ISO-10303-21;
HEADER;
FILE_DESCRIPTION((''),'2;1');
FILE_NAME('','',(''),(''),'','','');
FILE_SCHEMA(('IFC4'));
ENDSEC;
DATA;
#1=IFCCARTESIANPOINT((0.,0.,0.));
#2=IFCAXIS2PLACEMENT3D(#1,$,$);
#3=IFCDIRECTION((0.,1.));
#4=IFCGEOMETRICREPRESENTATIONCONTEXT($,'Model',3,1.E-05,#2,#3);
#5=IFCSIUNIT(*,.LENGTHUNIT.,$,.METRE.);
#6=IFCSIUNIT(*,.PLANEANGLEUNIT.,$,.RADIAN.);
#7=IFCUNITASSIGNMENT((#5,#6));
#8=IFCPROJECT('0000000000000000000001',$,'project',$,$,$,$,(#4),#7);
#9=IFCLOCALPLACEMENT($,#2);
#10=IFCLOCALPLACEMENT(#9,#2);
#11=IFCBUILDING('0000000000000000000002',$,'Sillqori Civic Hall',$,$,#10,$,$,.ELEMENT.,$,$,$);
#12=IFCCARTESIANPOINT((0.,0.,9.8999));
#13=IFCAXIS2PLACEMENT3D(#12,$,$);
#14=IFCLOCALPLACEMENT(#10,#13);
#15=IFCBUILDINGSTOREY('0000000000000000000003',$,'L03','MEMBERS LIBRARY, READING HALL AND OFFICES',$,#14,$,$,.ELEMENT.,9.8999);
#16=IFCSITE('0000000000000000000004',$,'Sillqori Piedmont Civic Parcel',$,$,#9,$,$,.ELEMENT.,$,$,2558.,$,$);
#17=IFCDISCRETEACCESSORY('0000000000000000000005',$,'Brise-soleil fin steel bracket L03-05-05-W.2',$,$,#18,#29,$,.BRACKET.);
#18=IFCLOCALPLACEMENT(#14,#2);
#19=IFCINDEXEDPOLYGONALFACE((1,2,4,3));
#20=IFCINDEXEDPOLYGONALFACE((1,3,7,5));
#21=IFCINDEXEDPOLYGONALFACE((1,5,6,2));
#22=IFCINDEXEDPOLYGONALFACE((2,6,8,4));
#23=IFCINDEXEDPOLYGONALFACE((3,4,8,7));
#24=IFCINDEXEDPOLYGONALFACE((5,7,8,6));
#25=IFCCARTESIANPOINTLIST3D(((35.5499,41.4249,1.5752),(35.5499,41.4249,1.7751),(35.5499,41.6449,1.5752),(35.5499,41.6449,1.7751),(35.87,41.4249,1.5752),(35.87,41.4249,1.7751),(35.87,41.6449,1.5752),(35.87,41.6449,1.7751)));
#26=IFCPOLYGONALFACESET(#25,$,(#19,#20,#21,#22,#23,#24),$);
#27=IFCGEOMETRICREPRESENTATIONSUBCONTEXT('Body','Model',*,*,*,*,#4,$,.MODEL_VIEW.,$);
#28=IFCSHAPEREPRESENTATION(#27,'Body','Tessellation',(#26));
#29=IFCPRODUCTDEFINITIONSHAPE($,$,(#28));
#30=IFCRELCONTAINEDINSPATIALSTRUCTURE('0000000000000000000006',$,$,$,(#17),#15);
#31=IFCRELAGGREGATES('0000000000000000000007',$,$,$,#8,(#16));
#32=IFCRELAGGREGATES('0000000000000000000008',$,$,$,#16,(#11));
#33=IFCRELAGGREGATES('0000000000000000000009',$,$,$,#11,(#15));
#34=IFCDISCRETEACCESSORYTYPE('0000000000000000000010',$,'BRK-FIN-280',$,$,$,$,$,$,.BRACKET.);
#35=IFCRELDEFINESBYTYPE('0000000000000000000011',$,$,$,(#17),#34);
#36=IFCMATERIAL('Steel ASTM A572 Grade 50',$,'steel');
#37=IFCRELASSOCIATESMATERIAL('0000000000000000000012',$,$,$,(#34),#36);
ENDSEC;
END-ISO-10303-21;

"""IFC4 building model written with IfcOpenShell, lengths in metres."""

from ifc_helpers import new_model, si_unit, direction, frame, origin, origin_2d, place, context, subcontext, project, spatial, rectangle, extrude, material, type_object, element, save


model = new_model("IFC4")

# Units and contexts
model_context = context("Model", 3, precision=1e-05, world=origin(), true_north=direction((0.0, 1.0)))
body_context = subcontext(model_context, "Body", "Model", "MODEL_VIEW")
ifc_project = project(units=[si_unit("LENGTHUNIT", "METRE"), si_unit("PLANEANGLEUNIT", "RADIAN")], contexts=[model_context])

# Site, building, storey
site_placement = place(None, origin())
site = spatial("IfcSite", under=ifc_project, at=site_placement, Name="Sillqori Piedmont Civic Parcel", CompositionType="ELEMENT", RefElevation=2558.0)
building_placement = place(site_placement, origin())
building = spatial("IfcBuilding", under=site, at=building_placement, Name="Sillqori Civic Hall", CompositionType="ELEMENT")
storey_placement = place(building_placement, frame((0.0, 0.0, 9.8999)))
storey = spatial("IfcBuildingStorey", under=building, at=storey_placement, Name="L03", Description="MEMBERS LIBRARY, READING HALL AND OFFICES", CompositionType="ELEMENT", Elevation=9.8999)

# Discrete accessory
ifc_material_1 = material(Name="Steel ASTM A572 Grade 50", Category="steel")
discrete_accessory_type = type_object("IfcDiscreteAccessoryType", Name="BRK-FIN-280", PredefinedType="BRACKET", material=ifc_material_1)
for number, where, z_axis, x_axis, name in (
    (1, (35.71, 41.5349, 1.5752), (0.0, 0.0, 1.0), (0.0, 1.0, 0.0), "Brise-soleil fin steel bracket L03-05-05-W.2"),
):
    element("IfcDiscreteAccessory", number, at=place(storey_placement, frame(where, z_axis=z_axis, x_axis=x_axis)), inside=storey, type_object=discrete_accessory_type, Name=name, PredefinedType="BRACKET", context=body_context, shape_type="SweptSolid", body=[
        extrude(rectangle(XDim=0.22, YDim=0.3201, at=origin_2d()), origin(), (0.0, 0.0, 1.0), 0.2),
    ])

save(model, "model.ifc")
